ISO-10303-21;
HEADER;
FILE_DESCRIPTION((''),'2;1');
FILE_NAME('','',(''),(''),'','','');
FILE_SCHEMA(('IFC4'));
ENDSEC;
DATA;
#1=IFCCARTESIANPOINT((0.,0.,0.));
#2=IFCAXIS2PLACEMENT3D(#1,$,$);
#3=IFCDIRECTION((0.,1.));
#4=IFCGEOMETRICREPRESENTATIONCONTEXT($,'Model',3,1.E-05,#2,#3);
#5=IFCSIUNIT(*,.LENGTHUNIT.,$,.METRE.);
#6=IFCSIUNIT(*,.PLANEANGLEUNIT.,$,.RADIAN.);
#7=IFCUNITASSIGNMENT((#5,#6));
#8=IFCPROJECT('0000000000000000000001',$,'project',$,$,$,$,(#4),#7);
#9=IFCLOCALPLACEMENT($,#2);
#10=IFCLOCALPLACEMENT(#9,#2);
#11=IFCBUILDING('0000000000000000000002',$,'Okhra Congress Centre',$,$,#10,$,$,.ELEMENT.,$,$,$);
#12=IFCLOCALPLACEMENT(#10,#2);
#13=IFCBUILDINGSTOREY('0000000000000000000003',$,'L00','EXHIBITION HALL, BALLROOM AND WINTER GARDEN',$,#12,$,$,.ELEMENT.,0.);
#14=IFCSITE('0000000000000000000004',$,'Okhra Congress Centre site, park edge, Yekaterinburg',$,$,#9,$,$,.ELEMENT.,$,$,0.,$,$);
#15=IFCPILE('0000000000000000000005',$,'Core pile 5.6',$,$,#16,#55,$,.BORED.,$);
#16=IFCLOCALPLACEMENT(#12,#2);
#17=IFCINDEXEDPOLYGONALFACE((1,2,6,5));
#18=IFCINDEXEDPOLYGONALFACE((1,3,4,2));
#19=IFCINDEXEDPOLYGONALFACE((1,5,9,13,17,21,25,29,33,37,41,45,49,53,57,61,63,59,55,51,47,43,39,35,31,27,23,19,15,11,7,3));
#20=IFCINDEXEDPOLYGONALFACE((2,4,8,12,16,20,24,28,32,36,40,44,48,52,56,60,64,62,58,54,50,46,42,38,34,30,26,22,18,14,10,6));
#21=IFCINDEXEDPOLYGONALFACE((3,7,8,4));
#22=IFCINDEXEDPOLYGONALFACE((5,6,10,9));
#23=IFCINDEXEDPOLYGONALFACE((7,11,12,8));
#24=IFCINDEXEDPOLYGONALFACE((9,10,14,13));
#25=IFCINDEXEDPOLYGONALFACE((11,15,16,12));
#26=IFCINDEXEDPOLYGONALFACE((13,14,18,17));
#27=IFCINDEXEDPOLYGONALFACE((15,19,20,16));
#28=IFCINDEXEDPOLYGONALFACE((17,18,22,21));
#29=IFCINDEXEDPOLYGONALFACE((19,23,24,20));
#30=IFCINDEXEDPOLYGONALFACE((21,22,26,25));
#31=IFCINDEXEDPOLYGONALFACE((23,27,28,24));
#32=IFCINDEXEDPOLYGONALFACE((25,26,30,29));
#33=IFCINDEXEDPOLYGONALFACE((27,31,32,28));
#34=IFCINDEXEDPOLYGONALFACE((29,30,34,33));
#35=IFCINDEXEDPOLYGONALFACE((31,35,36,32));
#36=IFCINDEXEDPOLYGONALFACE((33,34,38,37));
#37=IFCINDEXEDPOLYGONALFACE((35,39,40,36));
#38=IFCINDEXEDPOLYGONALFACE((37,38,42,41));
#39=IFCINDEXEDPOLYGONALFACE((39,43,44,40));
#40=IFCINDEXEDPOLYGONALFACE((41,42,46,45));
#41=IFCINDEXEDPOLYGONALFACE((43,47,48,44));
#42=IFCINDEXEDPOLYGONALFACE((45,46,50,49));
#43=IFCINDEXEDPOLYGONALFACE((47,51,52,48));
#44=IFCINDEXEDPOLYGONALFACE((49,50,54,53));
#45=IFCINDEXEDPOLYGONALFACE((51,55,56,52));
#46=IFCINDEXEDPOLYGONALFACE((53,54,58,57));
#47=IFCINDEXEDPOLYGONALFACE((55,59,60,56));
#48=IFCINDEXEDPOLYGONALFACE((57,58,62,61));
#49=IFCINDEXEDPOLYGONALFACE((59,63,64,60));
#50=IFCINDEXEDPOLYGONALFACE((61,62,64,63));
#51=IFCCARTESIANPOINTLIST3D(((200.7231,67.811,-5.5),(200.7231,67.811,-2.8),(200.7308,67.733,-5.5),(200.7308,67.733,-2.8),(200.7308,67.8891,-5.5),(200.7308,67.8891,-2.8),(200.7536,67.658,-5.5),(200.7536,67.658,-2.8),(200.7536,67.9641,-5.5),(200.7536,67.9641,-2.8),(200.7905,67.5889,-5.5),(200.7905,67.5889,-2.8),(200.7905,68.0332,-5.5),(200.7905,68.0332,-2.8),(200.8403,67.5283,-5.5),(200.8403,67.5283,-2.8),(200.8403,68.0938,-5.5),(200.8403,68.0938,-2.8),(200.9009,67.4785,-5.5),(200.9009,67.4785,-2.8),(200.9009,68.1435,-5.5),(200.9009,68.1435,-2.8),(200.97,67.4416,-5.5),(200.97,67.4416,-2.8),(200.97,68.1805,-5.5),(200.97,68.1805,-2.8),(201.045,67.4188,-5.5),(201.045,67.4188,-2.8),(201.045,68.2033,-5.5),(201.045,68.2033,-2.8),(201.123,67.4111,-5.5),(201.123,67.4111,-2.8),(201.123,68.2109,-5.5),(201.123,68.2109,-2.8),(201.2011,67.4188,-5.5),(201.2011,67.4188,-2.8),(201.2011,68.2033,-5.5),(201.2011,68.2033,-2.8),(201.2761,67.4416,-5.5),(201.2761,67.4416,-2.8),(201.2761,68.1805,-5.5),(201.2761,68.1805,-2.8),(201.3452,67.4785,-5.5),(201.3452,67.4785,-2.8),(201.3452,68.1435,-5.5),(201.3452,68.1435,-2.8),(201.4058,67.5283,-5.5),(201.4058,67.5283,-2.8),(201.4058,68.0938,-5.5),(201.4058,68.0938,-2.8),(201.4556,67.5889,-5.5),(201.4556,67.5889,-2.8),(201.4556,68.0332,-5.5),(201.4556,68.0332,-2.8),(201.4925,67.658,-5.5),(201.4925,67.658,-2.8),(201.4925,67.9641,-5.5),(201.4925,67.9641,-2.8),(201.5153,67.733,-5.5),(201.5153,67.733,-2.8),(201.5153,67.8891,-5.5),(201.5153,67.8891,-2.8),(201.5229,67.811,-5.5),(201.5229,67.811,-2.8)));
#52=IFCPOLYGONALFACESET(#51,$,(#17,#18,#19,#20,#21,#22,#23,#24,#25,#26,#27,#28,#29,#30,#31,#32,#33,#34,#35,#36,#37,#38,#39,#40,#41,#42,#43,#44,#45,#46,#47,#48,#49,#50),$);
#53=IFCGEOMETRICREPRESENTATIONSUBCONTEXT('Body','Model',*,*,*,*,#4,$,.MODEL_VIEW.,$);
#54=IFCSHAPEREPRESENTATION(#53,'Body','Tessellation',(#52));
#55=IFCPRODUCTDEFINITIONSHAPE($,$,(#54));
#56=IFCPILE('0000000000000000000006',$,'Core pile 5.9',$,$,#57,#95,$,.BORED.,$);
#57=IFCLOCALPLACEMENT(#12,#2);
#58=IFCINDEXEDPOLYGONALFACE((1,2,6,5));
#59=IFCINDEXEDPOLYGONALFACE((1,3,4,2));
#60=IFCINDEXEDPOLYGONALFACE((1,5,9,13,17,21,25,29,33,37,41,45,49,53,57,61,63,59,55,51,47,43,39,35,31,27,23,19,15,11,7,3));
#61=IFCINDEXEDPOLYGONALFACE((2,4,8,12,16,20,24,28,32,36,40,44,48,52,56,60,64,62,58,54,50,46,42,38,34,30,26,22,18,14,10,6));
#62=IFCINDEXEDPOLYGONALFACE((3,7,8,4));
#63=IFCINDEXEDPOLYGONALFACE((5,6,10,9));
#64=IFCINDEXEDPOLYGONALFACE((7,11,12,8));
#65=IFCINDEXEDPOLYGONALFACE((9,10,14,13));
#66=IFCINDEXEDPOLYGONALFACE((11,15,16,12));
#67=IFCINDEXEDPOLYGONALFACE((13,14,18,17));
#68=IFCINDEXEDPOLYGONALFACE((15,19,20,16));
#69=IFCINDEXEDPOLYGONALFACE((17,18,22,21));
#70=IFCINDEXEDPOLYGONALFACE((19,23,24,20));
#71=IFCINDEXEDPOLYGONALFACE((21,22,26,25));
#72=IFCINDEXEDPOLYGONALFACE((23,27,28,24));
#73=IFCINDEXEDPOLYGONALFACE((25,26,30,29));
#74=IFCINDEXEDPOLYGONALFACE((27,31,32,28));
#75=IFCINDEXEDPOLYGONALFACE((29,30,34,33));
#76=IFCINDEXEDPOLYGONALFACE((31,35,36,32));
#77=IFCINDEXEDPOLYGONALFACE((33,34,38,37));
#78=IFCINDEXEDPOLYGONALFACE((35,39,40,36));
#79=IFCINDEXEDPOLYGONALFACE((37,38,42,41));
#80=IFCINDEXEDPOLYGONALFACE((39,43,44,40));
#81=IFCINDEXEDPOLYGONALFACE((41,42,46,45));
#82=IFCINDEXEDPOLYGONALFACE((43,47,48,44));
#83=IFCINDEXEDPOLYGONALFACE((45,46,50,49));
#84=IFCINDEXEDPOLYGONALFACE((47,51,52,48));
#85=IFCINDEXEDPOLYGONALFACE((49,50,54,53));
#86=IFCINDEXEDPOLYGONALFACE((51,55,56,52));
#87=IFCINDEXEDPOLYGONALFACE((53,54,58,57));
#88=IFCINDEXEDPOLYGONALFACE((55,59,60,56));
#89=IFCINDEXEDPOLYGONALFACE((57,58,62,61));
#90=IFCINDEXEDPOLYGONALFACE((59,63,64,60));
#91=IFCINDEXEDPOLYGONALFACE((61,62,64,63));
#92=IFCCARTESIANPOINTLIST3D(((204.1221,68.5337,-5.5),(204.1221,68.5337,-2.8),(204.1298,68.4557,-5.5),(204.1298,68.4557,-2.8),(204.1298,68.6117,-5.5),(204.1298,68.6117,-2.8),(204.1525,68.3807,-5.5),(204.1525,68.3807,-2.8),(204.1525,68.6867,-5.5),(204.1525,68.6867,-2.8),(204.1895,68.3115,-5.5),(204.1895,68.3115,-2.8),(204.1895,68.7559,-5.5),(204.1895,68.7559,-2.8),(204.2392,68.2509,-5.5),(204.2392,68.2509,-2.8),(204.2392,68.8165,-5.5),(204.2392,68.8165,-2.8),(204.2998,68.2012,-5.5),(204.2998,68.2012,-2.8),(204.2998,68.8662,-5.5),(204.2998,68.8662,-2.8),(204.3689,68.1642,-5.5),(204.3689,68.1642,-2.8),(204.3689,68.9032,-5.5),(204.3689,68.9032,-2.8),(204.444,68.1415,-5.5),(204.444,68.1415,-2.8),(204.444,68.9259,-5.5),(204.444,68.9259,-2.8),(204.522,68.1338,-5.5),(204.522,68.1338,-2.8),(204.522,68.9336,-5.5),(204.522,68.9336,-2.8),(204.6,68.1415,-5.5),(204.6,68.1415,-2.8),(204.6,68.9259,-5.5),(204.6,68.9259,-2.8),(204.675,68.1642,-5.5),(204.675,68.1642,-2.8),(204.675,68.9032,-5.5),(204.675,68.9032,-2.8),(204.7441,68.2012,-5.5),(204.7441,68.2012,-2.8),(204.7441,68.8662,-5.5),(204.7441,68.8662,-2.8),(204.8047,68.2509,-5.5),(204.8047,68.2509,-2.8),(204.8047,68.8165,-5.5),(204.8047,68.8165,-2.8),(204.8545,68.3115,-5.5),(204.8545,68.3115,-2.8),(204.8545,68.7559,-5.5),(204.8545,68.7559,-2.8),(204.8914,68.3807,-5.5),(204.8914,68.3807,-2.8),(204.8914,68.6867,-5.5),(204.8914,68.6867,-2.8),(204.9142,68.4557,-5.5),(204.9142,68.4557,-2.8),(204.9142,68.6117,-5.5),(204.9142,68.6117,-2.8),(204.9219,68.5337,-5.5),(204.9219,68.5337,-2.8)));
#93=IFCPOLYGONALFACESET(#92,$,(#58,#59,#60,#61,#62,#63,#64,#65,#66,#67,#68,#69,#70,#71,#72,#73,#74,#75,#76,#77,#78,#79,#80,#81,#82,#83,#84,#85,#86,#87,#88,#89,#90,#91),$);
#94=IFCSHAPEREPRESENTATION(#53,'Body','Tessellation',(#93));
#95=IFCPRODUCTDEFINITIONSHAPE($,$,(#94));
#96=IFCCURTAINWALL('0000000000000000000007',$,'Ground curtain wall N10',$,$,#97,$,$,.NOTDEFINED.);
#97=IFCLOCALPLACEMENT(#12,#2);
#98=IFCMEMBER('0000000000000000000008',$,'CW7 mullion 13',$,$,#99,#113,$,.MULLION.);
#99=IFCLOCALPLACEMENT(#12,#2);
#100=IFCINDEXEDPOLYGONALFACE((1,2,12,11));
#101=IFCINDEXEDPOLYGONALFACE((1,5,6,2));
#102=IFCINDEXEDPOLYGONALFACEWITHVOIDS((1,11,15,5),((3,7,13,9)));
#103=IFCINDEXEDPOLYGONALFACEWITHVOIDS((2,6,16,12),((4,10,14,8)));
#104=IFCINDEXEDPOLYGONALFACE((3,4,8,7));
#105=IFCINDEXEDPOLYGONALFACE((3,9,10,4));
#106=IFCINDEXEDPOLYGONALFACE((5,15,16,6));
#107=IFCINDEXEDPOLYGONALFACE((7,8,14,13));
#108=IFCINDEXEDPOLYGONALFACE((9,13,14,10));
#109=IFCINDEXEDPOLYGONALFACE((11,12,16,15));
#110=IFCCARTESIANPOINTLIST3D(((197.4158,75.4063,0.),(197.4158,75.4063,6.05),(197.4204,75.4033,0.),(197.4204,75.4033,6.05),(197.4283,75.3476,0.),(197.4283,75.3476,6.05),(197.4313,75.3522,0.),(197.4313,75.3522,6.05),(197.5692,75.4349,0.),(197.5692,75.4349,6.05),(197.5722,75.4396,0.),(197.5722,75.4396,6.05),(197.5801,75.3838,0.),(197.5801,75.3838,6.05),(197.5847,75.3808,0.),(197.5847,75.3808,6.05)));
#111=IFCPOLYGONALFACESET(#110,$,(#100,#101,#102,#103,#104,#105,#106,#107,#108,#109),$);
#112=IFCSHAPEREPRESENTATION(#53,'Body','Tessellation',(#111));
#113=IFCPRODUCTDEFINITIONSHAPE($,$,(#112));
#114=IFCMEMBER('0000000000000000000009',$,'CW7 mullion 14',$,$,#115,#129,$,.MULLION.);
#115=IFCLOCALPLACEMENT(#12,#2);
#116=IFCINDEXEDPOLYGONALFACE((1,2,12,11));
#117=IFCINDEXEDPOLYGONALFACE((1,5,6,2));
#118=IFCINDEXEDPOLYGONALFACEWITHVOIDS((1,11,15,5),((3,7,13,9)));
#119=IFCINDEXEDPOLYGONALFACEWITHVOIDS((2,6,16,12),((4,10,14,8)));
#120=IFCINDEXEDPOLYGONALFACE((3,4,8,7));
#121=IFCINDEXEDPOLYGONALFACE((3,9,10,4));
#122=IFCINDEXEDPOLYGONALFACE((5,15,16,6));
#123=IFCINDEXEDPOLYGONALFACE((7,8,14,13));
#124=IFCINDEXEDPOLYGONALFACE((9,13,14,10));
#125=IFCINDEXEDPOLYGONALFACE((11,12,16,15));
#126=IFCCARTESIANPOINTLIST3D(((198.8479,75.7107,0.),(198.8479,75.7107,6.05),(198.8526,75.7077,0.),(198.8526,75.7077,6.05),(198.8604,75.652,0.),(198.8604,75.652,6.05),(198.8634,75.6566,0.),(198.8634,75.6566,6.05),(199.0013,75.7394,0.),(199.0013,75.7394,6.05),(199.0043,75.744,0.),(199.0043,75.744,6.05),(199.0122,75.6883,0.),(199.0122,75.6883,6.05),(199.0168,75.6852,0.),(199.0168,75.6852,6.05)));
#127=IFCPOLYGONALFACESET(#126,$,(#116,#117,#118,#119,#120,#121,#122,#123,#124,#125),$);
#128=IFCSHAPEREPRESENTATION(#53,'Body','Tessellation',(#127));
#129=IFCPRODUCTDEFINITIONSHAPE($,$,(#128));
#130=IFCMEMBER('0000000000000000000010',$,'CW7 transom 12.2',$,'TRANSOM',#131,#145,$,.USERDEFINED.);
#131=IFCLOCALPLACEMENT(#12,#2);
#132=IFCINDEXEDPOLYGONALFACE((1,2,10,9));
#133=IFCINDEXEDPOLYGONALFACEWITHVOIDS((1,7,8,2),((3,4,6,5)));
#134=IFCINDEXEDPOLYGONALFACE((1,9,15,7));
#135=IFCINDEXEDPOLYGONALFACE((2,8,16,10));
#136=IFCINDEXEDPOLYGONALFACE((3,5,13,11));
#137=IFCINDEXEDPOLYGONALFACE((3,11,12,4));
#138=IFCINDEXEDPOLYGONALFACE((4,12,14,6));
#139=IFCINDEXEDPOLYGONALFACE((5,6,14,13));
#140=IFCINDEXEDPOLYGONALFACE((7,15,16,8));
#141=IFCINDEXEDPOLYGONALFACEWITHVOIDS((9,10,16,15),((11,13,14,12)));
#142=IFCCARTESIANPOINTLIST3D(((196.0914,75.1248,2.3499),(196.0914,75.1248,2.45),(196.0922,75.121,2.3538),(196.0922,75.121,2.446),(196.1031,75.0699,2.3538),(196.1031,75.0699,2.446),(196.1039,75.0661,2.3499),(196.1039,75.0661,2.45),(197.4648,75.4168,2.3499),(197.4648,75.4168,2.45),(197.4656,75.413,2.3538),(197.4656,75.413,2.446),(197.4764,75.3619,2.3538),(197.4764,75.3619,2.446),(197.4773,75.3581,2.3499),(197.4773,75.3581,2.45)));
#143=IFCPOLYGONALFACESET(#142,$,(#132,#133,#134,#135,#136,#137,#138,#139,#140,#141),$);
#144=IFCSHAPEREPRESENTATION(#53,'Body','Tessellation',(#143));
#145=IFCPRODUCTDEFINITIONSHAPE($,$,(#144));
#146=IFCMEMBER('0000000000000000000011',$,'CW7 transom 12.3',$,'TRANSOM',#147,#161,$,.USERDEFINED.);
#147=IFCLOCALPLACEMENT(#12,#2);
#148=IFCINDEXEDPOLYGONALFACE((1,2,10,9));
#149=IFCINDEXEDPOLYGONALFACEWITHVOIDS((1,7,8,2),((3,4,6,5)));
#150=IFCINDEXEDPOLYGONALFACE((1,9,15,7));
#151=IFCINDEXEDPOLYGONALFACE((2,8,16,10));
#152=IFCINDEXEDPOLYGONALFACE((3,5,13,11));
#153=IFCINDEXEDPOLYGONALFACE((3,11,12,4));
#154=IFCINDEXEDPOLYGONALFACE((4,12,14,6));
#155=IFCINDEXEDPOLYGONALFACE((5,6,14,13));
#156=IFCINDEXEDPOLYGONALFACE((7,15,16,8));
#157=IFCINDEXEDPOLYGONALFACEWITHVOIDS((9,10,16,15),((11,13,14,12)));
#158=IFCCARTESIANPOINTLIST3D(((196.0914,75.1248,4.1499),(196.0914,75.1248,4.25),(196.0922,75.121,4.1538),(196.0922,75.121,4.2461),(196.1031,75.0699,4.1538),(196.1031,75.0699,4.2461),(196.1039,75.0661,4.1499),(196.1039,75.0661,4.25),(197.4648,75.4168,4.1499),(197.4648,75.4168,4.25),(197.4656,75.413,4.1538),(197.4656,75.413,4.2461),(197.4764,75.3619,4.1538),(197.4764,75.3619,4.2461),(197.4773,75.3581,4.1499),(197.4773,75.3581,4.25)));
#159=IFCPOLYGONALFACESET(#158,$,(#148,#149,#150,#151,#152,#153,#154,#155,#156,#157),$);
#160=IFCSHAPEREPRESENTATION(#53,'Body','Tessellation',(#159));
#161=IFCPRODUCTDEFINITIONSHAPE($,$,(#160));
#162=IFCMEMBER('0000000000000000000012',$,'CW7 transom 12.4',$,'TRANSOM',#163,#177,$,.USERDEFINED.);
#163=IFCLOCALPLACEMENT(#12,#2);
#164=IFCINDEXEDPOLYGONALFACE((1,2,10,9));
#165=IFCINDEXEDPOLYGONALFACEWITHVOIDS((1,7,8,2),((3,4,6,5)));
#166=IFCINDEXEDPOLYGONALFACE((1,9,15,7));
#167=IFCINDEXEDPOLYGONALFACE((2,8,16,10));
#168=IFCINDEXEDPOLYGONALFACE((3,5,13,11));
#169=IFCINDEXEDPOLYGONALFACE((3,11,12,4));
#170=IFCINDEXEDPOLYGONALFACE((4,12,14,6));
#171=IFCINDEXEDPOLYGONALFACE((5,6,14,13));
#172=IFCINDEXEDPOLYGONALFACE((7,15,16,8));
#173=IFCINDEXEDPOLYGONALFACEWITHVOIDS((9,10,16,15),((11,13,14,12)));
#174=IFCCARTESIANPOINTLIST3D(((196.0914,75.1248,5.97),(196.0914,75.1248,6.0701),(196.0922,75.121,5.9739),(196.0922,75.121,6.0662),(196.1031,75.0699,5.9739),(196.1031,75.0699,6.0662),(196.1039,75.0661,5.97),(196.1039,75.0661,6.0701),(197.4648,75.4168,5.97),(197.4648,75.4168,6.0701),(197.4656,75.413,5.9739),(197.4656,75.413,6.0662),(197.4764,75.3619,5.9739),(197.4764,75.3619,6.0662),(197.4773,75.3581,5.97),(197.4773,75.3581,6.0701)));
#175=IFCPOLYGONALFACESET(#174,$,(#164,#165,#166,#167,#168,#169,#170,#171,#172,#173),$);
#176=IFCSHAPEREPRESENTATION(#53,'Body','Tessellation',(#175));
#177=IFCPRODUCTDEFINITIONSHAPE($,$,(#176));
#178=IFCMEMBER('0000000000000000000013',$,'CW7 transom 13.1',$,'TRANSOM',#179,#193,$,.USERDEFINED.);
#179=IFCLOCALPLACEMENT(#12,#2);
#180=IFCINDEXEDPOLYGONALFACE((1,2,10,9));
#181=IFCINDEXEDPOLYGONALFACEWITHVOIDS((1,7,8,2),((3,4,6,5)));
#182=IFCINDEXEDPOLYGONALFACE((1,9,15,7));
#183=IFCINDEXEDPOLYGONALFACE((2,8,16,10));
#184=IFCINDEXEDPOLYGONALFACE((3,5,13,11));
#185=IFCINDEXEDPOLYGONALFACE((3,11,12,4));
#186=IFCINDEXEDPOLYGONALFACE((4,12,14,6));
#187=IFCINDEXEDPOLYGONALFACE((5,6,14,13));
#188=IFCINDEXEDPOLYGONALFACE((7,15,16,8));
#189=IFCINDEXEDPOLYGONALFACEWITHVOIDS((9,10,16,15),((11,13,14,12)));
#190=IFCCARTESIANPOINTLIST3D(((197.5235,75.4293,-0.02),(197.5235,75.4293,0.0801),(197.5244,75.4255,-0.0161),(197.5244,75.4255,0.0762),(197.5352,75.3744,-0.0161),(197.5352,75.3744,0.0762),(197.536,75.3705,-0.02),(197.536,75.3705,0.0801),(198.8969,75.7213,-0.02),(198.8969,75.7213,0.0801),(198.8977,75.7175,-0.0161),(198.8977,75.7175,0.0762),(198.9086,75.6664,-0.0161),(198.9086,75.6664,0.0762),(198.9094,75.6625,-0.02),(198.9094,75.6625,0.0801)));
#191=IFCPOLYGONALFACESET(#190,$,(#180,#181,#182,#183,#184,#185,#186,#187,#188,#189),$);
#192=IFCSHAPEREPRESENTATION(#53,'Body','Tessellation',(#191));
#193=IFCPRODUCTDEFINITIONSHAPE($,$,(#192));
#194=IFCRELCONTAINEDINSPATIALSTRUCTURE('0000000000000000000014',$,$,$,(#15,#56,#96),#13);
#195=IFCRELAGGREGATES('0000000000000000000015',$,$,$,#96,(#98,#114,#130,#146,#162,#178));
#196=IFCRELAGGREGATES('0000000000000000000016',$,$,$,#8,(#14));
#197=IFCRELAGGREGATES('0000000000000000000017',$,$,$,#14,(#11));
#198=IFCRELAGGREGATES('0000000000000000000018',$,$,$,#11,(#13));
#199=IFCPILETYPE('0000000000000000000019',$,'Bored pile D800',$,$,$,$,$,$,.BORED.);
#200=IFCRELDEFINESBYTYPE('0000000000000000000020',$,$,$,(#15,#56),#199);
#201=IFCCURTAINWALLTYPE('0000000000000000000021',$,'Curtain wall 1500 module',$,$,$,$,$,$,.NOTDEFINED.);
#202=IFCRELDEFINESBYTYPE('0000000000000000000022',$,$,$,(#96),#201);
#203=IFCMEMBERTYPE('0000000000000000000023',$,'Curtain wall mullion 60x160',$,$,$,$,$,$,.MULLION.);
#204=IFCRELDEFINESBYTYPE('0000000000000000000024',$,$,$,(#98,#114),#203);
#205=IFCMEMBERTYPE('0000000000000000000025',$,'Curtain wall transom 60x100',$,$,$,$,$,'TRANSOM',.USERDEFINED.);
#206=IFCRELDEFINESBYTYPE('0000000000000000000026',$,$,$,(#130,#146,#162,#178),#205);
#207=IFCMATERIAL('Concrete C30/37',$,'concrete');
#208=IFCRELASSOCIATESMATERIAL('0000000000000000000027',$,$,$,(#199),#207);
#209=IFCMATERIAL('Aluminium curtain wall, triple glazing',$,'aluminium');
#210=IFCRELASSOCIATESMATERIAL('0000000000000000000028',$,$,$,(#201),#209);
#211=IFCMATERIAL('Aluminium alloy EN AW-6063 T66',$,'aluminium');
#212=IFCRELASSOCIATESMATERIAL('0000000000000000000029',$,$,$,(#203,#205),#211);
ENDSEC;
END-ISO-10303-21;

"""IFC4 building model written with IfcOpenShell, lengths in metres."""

from ifc_helpers import new_model, si_unit, direction, frame, origin, origin_2d, place, context, subcontext, project, spatial, hollow_rectangle, circle, extrude, material, material_profile, profile_set, type_object, element, aggregate, save


model = new_model("IFC4")

# Units and contexts
model_context = context("Model", 3, precision=1e-05, world=origin(), true_north=direction((0.0, 1.0)))
body_context = subcontext(model_context, "Body", "Model", "MODEL_VIEW")
ifc_project = project(units=[si_unit("LENGTHUNIT", "METRE"), si_unit("PLANEANGLEUNIT", "RADIAN")], contexts=[model_context])

# Site, building, storey
site_placement = place(None, origin())
site = spatial("IfcSite", under=ifc_project, at=site_placement, Name="Okhra Congress Centre site, park edge, Yekaterinburg", CompositionType="ELEMENT", RefElevation=0.0)
building_placement = place(site_placement, origin())
building = spatial("IfcBuilding", under=site, at=building_placement, Name="Okhra Congress Centre", CompositionType="ELEMENT")
storey_placement = place(building_placement, origin())
storey = spatial("IfcBuildingStorey", under=building, at=storey_placement, Name="L00", Description="EXHIBITION HALL, BALLROOM AND WINTER GARDEN", CompositionType="ELEMENT", Elevation=0.0)

# Piles
ifc_material_1 = material(Name="Concrete C30/37", Category="concrete")
ifc_material_profile_1 = material_profile(ifc_material_1, circle(Radius=0.3999, at=origin_2d()), Name="D800")
ifc_profile_set_1 = profile_set([ifc_material_profile_1], Name="Concrete C30/37")
pile_type = type_object("IfcPileType", Name="Bored pile D800", PredefinedType="BORED", material=ifc_profile_set_1)
for number, where, z_axis, x_axis, name in (
    (1, (201.123, 67.811, -2.8), (0.0, 0.0, -1.0), (1.0, 0.0, 0.0), "Core pile 5.6"),
    (2, (204.522, 68.5337, -2.8), (0.0, 0.0, -1.0), (1.0, 0.0, 0.0), "Core pile 5.9"),
):
    element("IfcPile", number, at=place(storey_placement, frame(where, z_axis=z_axis, x_axis=x_axis)), inside=storey, type_object=pile_type, Name=name, PredefinedType="BORED", context=body_context, shape_type="SweptSolid", body=[
        extrude(circle(Radius=0.3999, at=origin_2d()), origin(), (0.0, 0.0, 1.0), 2.7),
    ])

# Curtain wall, members
ifc_material_2 = material(Name="Aluminium curtain wall, triple glazing", Category="aluminium")
curtain_wall_type = type_object("IfcCurtainWallType", Name="Curtain wall 1500 module", PredefinedType="NOTDEFINED", material=ifc_material_2)
curtain_wall_placement = place(storey_placement, origin())
curtain_wall = element("IfcCurtainWall", 3, at=curtain_wall_placement, inside=storey, type_object=curtain_wall_type, Name="Ground curtain wall N10", PredefinedType="NOTDEFINED")
ifc_material_3 = material(Name="Aluminium alloy EN AW-6063 T66", Category="aluminium")
ifc_material_profile_2 = material_profile(ifc_material_3, hollow_rectangle(XDim=0.0601, YDim=0.1599, WallThickness=0.0039, at=origin_2d()), Name="RHS 60x160x4")
ifc_profile_set_2 = profile_set([ifc_material_profile_2], Name="Aluminium alloy EN AW-6063 T66")
member_type_1 = type_object("IfcMemberType", Name="Curtain wall mullion 60x160", PredefinedType="MULLION", material=ifc_profile_set_2)
member_1_placement = place(storey_placement, frame((197.5002, 75.3936, 0.0), z_axis=(0.0, 0.0, 1.0), x_axis=(-0.207912, 0.978148, 0.0)))
member_1 = element("IfcMember", 4, at=member_1_placement, type_object=member_type_1, Name="CW7 mullion 13", PredefinedType="MULLION", context=body_context, shape_type="SweptSolid", body=[
    extrude(hollow_rectangle(XDim=0.0601, YDim=0.1599, WallThickness=0.0039, at=origin_2d()), origin(), (0.0, 0.0, 1.0), 6.05),
])
member_2_placement = place(storey_placement, frame((198.9324, 75.698, 0.0), z_axis=(0.0, 0.0, 1.0), x_axis=(-0.207912, 0.978148, 0.0)))
member_2 = element("IfcMember", 5, at=member_2_placement, type_object=member_type_1, Name="CW7 mullion 14", PredefinedType="MULLION", context=body_context, shape_type="SweptSolid", body=[
    extrude(hollow_rectangle(XDim=0.0601, YDim=0.1599, WallThickness=0.0039, at=origin_2d()), origin(), (0.0, 0.0, 1.0), 6.05),
])
ifc_material_profile_3 = material_profile(ifc_material_3, hollow_rectangle(XDim=0.0601, YDim=0.1001, WallThickness=0.0039, at=origin_2d()), Name="RHS 60x100x4")
ifc_profile_set_3 = profile_set([ifc_material_profile_3], Name="Aluminium alloy EN AW-6063 T66")
member_type_2 = type_object("IfcMemberType", Name="Curtain wall transom 60x100", ElementType="TRANSOM", PredefinedType="USERDEFINED", material=ifc_profile_set_3)
member_3_placement = place(storey_placement, frame((196.0977, 75.0955, 2.3999), z_axis=(0.978135, 0.207973, 0.0), x_axis=(-0.207973, 0.978135, 0.0)))
member_3 = element("IfcMember", 6, at=member_3_placement, type_object=member_type_2, Name="CW7 transom 12.2", ObjectType="TRANSOM", PredefinedType="USERDEFINED", context=body_context, shape_type="SweptSolid", body=[
    extrude(hollow_rectangle(XDim=0.0601, YDim=0.1001, WallThickness=0.0039, at=origin_2d()), origin(), (0.0, 0.0, 1.0), 1.4041),
])
member_4_placement = place(storey_placement, frame((196.0977, 75.0955, 4.2), z_axis=(0.978135, 0.207973, 0.0), x_axis=(-0.207973, 0.978135, 0.0)))
member_4 = element("IfcMember", 7, at=member_4_placement, type_object=member_type_2, Name="CW7 transom 12.3", ObjectType="TRANSOM", PredefinedType="USERDEFINED", context=body_context, shape_type="SweptSolid", body=[
    extrude(hollow_rectangle(XDim=0.0601, YDim=0.1001, WallThickness=0.0039, at=origin_2d()), origin(), (0.0, 0.0, 1.0), 1.4041),
])
member_5_placement = place(storey_placement, frame((196.0977, 75.0955, 6.02), z_axis=(0.978135, 0.207973, 0.0), x_axis=(-0.207973, 0.978135, 0.0)))
member_5 = element("IfcMember", 8, at=member_5_placement, type_object=member_type_2, Name="CW7 transom 12.4", ObjectType="TRANSOM", PredefinedType="USERDEFINED", context=body_context, shape_type="SweptSolid", body=[
    extrude(hollow_rectangle(XDim=0.0601, YDim=0.1001, WallThickness=0.0039, at=origin_2d()), origin(), (0.0, 0.0, 1.0), 1.4041),
])
member_6_placement = place(storey_placement, frame((197.5298, 75.3999, 0.03), z_axis=(0.978135, 0.207973, 0.0), x_axis=(-0.207973, 0.978135, 0.0)))
member_6 = element("IfcMember", 9, at=member_6_placement, type_object=member_type_2, Name="CW7 transom 13.1", ObjectType="TRANSOM", PredefinedType="USERDEFINED", context=body_context, shape_type="SweptSolid", body=[
    extrude(hollow_rectangle(XDim=0.0601, YDim=0.1001, WallThickness=0.0039, at=origin_2d()), origin(), (0.0, 0.0, 1.0), 1.4041),
])

aggregate(curtain_wall, [member_1, member_2, member_3, member_4, member_5, member_6])

save(model, "model.ifc")
